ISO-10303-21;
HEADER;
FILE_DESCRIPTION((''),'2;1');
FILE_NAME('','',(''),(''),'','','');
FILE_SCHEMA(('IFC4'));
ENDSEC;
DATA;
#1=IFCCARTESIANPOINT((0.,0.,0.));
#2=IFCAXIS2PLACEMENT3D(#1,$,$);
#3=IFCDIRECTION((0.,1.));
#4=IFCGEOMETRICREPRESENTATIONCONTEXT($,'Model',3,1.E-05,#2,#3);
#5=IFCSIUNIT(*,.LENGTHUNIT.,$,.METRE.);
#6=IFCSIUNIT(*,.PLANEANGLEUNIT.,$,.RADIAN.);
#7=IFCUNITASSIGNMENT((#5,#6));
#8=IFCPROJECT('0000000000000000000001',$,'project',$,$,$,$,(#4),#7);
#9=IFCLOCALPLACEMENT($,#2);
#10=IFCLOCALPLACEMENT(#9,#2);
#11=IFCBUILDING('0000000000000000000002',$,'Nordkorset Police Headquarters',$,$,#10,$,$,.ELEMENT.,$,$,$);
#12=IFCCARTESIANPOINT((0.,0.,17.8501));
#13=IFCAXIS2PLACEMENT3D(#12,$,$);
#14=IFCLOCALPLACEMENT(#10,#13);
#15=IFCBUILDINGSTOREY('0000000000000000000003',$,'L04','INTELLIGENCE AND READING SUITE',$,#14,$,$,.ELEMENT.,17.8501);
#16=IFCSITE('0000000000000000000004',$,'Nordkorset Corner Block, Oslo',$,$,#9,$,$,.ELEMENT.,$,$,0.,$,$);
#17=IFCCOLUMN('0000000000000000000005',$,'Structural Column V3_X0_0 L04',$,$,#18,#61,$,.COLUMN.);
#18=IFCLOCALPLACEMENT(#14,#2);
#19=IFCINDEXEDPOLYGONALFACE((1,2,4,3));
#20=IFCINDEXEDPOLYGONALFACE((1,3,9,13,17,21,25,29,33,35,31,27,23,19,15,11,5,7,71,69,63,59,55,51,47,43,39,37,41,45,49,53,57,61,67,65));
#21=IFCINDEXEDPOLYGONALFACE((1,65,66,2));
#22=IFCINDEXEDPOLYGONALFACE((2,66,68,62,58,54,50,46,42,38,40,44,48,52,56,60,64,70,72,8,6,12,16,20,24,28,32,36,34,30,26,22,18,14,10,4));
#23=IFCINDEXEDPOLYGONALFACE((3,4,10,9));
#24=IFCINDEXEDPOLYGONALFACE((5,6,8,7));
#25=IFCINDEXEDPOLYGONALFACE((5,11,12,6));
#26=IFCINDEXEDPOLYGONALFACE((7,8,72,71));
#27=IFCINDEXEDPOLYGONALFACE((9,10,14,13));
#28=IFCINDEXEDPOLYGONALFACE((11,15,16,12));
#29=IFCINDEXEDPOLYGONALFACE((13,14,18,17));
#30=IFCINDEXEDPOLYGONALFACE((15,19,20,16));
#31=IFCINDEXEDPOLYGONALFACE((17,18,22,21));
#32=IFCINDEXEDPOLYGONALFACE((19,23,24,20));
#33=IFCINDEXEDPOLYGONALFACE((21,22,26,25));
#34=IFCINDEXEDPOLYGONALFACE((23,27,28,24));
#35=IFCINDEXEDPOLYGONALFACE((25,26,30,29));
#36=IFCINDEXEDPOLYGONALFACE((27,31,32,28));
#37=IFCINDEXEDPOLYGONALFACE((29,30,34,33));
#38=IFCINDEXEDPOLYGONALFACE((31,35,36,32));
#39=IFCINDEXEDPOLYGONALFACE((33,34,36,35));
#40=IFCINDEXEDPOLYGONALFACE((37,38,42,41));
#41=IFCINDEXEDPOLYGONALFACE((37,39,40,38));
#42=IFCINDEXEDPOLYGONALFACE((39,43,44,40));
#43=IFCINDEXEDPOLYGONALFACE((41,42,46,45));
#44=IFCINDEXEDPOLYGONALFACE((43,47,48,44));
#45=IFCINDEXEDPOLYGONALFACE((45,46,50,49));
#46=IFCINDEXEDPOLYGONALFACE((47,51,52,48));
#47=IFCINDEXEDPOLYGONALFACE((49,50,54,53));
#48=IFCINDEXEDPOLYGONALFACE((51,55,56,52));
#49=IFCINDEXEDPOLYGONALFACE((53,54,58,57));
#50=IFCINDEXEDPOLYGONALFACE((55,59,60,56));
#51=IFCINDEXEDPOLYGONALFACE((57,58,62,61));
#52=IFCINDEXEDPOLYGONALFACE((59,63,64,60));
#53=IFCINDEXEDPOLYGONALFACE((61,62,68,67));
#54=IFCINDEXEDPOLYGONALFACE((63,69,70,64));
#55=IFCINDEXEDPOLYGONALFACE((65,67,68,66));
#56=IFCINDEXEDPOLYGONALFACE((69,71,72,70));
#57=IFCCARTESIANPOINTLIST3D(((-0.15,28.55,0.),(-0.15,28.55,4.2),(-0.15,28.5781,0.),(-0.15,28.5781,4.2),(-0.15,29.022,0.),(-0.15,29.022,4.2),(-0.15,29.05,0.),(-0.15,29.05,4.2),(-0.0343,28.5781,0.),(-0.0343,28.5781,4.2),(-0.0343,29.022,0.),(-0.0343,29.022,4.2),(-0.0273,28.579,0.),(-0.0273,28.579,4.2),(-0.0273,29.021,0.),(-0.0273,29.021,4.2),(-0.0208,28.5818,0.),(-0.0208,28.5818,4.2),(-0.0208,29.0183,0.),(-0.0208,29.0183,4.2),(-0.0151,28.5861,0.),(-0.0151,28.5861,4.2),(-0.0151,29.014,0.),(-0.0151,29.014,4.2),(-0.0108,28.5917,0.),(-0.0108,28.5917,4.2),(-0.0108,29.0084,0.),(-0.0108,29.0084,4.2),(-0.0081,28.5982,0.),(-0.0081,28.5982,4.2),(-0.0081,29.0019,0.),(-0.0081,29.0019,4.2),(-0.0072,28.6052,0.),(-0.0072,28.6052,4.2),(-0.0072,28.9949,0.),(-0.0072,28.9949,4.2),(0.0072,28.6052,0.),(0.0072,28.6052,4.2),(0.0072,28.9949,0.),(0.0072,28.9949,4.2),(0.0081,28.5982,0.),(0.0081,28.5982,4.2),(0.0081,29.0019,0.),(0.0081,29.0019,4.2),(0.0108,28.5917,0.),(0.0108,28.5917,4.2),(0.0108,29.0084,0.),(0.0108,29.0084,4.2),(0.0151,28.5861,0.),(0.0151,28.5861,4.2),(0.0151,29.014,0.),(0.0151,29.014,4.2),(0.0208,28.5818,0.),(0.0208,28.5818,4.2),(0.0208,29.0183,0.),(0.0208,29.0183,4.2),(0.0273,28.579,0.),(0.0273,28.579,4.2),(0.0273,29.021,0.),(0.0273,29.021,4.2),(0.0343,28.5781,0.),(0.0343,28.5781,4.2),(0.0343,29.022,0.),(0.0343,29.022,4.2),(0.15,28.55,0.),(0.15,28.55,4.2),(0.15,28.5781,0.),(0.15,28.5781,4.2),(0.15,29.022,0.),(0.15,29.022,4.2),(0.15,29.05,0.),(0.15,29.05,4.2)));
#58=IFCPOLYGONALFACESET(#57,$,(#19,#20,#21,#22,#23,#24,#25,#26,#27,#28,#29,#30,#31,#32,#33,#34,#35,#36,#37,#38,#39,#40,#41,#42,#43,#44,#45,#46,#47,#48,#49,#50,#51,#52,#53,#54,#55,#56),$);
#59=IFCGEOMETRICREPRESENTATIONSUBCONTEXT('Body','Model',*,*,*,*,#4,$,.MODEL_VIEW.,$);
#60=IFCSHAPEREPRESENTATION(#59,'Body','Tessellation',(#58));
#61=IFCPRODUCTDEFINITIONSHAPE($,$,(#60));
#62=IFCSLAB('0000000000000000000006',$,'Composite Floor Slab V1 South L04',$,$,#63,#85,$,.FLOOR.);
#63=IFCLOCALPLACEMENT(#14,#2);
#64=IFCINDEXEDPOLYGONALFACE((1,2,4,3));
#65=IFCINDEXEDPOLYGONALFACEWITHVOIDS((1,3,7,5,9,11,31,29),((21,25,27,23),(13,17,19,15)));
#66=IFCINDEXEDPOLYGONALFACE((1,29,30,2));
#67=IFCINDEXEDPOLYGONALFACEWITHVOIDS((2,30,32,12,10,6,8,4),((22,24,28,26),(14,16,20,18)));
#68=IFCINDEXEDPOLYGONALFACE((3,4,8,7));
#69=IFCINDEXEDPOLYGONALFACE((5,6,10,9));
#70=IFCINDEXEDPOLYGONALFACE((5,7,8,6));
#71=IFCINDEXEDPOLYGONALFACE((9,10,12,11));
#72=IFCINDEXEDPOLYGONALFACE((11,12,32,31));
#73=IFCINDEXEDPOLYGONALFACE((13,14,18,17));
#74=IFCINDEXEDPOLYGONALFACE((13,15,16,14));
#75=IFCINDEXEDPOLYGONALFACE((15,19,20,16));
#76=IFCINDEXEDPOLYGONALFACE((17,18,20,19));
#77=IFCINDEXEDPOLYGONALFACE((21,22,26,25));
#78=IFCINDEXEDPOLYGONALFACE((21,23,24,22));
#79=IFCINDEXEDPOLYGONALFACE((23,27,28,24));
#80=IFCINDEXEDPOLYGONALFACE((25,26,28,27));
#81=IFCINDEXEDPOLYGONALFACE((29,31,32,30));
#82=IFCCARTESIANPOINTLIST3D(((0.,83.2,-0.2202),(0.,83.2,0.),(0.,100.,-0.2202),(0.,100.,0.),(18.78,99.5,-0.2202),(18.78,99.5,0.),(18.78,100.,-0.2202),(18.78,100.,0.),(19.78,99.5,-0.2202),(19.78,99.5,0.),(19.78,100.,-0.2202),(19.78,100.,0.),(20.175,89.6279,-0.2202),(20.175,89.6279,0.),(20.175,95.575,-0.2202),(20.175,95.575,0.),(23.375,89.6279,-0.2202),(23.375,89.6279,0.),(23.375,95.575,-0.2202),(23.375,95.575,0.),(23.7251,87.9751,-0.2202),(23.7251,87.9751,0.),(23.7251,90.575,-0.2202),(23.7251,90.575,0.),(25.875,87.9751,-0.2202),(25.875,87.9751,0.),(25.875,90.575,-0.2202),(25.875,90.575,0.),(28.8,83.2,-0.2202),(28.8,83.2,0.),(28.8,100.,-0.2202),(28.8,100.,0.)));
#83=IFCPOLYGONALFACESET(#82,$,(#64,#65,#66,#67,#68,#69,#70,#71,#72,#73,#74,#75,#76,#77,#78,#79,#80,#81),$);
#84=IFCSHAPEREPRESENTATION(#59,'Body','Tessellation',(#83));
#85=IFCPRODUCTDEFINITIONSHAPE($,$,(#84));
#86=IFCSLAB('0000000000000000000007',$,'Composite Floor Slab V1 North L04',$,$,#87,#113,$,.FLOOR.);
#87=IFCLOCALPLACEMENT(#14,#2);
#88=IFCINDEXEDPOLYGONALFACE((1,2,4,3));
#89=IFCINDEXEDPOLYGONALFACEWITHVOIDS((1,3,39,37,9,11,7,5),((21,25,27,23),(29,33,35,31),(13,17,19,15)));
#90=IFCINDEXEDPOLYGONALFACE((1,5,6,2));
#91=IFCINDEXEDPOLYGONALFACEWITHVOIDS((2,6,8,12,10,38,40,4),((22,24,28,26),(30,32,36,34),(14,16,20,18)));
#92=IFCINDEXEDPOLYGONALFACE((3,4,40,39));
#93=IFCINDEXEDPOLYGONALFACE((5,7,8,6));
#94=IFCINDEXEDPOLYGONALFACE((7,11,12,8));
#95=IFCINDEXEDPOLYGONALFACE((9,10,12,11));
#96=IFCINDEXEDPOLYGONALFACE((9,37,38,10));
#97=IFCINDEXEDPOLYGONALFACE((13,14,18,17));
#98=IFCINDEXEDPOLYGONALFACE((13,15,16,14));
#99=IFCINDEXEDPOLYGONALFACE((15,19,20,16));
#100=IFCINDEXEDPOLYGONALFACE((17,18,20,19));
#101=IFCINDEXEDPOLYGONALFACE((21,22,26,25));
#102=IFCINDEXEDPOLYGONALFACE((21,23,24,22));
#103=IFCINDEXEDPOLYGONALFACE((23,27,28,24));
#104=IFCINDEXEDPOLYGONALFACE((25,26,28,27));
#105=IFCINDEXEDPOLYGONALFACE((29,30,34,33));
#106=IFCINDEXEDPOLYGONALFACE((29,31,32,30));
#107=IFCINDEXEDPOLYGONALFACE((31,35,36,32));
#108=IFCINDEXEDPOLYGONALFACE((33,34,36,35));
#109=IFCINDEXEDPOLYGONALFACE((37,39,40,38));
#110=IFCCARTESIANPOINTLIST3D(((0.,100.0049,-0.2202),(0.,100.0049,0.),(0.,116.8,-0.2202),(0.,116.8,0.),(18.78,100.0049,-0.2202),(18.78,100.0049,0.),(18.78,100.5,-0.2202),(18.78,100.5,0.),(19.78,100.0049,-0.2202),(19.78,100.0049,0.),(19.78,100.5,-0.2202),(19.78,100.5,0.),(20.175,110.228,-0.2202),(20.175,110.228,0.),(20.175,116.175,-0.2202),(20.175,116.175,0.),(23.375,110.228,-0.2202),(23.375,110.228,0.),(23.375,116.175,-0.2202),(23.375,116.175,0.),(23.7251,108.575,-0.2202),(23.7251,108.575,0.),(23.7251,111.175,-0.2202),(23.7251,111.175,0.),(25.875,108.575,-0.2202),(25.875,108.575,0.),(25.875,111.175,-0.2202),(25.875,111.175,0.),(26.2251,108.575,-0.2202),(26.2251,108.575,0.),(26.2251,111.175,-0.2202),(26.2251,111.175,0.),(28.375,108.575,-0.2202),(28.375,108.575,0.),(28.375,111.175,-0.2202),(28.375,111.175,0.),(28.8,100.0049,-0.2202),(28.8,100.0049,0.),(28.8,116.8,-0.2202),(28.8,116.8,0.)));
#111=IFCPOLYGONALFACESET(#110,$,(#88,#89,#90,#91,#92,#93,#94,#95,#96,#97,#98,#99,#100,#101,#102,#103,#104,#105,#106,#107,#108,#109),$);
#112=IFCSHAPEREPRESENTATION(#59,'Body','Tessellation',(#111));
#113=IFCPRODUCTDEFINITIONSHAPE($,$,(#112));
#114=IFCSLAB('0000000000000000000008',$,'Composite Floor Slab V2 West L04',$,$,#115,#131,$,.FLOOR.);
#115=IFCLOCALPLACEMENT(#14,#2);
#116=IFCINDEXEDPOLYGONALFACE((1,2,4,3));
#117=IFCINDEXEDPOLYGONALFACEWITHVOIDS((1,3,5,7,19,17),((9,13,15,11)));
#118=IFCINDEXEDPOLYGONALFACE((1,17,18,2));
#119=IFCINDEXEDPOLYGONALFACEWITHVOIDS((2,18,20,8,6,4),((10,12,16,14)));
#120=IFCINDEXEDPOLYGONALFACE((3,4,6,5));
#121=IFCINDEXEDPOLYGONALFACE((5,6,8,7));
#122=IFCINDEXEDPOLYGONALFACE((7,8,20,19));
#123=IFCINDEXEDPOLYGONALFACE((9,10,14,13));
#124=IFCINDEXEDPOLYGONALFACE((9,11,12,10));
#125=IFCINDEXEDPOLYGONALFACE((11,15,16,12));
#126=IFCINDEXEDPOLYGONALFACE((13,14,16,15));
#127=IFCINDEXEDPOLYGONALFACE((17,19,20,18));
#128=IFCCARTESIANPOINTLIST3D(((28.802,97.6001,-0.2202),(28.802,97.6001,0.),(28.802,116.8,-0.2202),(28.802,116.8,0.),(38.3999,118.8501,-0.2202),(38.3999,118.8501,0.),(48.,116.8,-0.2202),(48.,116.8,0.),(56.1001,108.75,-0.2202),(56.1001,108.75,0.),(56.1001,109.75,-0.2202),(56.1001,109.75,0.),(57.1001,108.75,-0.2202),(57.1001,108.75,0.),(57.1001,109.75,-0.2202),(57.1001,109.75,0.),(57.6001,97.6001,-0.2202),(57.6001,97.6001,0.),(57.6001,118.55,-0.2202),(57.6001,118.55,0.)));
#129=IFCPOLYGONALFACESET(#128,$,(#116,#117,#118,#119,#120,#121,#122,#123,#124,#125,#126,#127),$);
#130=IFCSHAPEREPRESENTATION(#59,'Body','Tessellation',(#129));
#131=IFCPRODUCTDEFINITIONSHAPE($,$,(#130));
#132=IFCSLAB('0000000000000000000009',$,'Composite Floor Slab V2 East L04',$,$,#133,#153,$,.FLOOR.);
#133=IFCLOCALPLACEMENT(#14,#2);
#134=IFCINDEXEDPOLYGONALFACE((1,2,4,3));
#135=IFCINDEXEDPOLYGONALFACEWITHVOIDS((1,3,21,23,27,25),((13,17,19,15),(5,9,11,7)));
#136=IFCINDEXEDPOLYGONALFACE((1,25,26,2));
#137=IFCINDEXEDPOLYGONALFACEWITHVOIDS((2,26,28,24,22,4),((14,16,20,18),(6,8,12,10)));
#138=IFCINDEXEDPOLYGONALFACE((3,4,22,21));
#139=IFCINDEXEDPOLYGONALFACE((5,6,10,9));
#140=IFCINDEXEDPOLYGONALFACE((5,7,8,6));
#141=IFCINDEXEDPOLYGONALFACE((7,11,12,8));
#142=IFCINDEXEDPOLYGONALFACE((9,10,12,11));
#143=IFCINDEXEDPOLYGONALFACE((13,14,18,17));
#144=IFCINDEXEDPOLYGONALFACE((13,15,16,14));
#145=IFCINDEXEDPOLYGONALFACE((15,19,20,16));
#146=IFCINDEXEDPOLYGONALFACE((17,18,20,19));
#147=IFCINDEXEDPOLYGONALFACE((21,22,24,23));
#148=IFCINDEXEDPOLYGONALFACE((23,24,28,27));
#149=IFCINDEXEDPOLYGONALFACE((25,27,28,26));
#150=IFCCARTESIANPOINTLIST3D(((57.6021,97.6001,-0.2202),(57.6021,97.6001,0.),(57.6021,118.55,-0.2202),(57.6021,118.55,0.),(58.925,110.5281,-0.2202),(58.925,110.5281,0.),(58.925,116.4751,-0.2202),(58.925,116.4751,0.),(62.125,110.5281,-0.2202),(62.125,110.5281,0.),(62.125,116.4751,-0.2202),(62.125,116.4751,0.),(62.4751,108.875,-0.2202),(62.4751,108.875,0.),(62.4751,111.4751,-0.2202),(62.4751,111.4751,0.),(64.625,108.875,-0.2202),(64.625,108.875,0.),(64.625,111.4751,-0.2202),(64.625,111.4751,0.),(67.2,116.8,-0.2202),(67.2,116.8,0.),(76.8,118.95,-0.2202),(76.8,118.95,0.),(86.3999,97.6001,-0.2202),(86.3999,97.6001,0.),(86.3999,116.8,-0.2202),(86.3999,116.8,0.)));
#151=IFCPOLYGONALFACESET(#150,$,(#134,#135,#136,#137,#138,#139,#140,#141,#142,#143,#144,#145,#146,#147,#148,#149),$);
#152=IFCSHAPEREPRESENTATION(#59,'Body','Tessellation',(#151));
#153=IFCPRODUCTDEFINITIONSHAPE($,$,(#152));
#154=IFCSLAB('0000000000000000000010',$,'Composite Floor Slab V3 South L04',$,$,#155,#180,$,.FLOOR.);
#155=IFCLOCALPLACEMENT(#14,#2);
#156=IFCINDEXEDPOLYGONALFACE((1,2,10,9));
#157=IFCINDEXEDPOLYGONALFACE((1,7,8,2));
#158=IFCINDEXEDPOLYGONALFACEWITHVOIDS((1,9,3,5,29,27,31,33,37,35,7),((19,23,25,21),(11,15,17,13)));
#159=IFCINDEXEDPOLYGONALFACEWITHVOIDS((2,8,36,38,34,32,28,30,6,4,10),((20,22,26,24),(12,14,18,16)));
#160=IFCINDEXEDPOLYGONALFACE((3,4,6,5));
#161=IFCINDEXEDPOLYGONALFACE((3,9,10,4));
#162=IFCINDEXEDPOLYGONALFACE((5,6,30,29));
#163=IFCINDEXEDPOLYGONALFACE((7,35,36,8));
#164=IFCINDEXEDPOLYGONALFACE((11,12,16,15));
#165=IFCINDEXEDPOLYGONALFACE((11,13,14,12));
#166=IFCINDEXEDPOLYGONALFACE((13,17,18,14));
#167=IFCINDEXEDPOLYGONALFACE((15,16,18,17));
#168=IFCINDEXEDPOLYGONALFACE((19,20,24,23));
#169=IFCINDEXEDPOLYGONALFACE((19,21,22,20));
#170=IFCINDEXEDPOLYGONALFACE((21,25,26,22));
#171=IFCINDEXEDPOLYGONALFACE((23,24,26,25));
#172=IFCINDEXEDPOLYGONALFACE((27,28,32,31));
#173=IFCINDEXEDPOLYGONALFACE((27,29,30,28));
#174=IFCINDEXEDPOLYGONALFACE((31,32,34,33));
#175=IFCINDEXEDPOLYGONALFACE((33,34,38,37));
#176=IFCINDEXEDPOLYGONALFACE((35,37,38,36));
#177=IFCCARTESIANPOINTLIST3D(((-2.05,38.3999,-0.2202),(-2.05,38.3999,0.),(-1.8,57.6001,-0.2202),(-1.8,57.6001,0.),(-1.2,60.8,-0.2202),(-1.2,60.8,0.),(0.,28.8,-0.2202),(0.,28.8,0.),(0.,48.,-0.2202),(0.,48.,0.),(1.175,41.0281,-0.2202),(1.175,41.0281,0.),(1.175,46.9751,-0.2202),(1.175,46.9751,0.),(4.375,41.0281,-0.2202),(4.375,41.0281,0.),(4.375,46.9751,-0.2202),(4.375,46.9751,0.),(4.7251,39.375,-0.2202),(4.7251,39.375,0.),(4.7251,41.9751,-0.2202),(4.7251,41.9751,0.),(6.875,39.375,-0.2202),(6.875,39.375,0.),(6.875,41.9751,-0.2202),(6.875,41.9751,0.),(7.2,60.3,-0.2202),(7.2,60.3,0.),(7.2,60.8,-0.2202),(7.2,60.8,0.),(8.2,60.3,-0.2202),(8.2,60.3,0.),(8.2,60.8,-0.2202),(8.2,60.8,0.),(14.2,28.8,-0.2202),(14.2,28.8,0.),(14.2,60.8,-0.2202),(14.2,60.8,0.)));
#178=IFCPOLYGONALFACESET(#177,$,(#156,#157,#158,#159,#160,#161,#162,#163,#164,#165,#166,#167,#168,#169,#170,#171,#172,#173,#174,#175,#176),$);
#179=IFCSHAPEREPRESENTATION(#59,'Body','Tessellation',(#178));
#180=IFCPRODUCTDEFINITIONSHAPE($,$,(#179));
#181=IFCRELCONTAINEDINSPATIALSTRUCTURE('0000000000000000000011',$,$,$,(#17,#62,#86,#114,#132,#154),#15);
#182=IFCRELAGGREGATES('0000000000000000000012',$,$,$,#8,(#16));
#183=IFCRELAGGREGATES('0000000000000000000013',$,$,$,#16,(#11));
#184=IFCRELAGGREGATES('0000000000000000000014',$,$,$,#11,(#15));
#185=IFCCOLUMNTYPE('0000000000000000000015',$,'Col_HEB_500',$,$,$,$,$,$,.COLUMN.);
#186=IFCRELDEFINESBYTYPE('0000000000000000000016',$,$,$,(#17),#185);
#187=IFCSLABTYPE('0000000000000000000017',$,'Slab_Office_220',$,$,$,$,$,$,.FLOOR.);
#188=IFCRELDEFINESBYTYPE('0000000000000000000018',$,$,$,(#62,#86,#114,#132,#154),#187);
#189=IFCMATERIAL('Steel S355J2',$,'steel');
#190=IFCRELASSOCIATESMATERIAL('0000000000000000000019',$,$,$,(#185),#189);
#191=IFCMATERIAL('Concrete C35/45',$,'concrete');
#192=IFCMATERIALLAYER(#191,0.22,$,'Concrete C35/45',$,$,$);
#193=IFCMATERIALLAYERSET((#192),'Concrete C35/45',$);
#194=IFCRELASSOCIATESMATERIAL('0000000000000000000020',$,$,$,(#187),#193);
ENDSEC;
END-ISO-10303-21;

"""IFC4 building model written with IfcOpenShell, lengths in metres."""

from ifc_helpers import new_model, si_unit, direction, frame, origin, origin_2d, place, context, subcontext, project, spatial, polyline, i_section, outline, extrude, material, layer, layer_set, material_profile, profile_set, type_object, element, save


model = new_model("IFC4")

# Units and contexts
model_context = context("Model", 3, precision=1e-05, world=origin(), true_north=direction((0.0, 1.0)))
body_context = subcontext(model_context, "Body", "Model", "MODEL_VIEW")
ifc_project = project(units=[si_unit("LENGTHUNIT", "METRE"), si_unit("PLANEANGLEUNIT", "RADIAN")], contexts=[model_context])

# Site, building, storey
site_placement = place(None, origin())
site = spatial("IfcSite", under=ifc_project, at=site_placement, Name="Nordkorset Corner Block, Oslo", CompositionType="ELEMENT", RefElevation=0.0)
building_placement = place(site_placement, origin())
building = spatial("IfcBuilding", under=site, at=building_placement, Name="Nordkorset Police Headquarters", CompositionType="ELEMENT")
storey_placement = place(building_placement, frame((0.0, 0.0, 17.8501)))
storey = spatial("IfcBuildingStorey", under=building, at=storey_placement, Name="L04", Description="INTELLIGENCE AND READING SUITE", CompositionType="ELEMENT", Elevation=17.8501)

# Column
ifc_material_1 = material(Name="Steel S355J2", Category="steel")
ifc_material_profile = material_profile(ifc_material_1, i_section(OverallWidth=0.3, OverallDepth=0.5, WebThickness=0.0144, FlangeThickness=0.0281, FilletRadius=0.0271, at=origin_2d()), Name="HEB 500")
ifc_profile_set = profile_set([ifc_material_profile], Name="Steel S355J2")
column_type = type_object("IfcColumnType", Name="Col_HEB_500", PredefinedType="COLUMN", material=ifc_profile_set)
column_placement = place(storey_placement, frame((0.0, 28.8, 0.0), z_axis=(0.0, 0.0, 1.0), x_axis=(1.0, 0.0, 0.0)))
element("IfcColumn", 1, at=column_placement, inside=storey, type_object=column_type, Name="Structural Column V3_X0_0 L04", PredefinedType="COLUMN", context=body_context, shape_type="SweptSolid", body=[
    extrude(i_section(OverallWidth=0.3, OverallDepth=0.5, WebThickness=0.0144, FlangeThickness=0.0281, FilletRadius=0.0271, at=origin_2d()), origin(), (0.0, 0.0, 1.0), 4.2),
])

# Slabs
ifc_material_2 = material(Name="Concrete C35/45", Category="concrete")
ifc_layer_1 = layer(ifc_material_2, 0.22, Name="Concrete C35/45")
ifc_layer_set_1 = layer_set([ifc_layer_1], Name="Concrete C35/45")
slab_type_1 = type_object("IfcSlabType", Name="Slab_Office_220", PredefinedType="FLOOR", material=ifc_layer_set_1)
slab_1_placement = place(storey_placement, frame((0.0, 0.0, -0.2202)))
element("IfcSlab", 2, at=slab_1_placement, inside=storey, type_object=slab_type_1, Name="Composite Floor Slab V1 South L04", PredefinedType="FLOOR", context=body_context, shape_type="SweptSolid", body=[
    extrude(outline(polyline([(18.78, 100.0), (18.78, 99.5), (19.78, 99.5), (19.78, 100.0), (28.8, 100.0), (28.8, 83.2), (0.0, 83.2), (0.0, 100.0), (18.78, 100.0)]), holes=[polyline([(20.175, 95.575), (20.175, 89.6279), (23.375, 89.6279), (23.375, 95.575), (20.175, 95.575)]), polyline([(25.875, 90.575), (23.7251, 90.575), (23.7251, 87.9751), (25.875, 87.9751), (25.875, 90.575)])]), origin(), (0.0, 0.0, 1.0), 0.2202),
])
slab_2_placement = place(storey_placement, frame((0.0, 0.0, -0.2202)))
element("IfcSlab", 3, at=slab_2_placement, inside=storey, type_object=slab_type_1, Name="Composite Floor Slab V1 North L04", PredefinedType="FLOOR", context=body_context, shape_type="SweptSolid", body=[
    extrude(outline(polyline([(28.8, 100.0049), (19.78, 100.0049), (19.78, 100.5), (18.78, 100.5), (18.78, 100.0049), (0.0, 100.0049), (0.0, 116.8), (28.8, 116.8), (28.8, 100.0049)]), holes=[polyline([(20.175, 110.228), (23.375, 110.228), (23.375, 116.175), (20.175, 116.175), (20.175, 110.228)]), polyline([(23.7251, 111.175), (23.7251, 108.575), (25.875, 108.575), (25.875, 111.175), (23.7251, 111.175)]), polyline([(28.375, 111.175), (26.2251, 111.175), (26.2251, 108.575), (28.375, 108.575), (28.375, 111.175)])]), origin(), (0.0, 0.0, 1.0), 0.2202),
])
slab_3_placement = place(storey_placement, frame((0.0, 0.0, -0.2202)))
element("IfcSlab", 4, at=slab_3_placement, inside=storey, type_object=slab_type_1, Name="Composite Floor Slab V2 West L04", PredefinedType="FLOOR", context=body_context, shape_type="SweptSolid", body=[
    extrude(outline(polyline([(28.802, 116.8), (38.3999, 118.8501), (48.0, 116.8), (57.6001, 118.55), (57.6001, 97.6001), (28.802, 97.6001), (28.802, 116.8)]), holes=[polyline([(57.1001, 109.75), (56.1001, 109.75), (56.1001, 108.75), (57.1001, 108.75), (57.1001, 109.75)])]), origin(), (0.0, 0.0, 1.0), 0.2202),
])
slab_4_placement = place(storey_placement, frame((0.0, 0.0, -0.2202)))
element("IfcSlab", 5, at=slab_4_placement, inside=storey, type_object=slab_type_1, Name="Composite Floor Slab V2 East L04", PredefinedType="FLOOR", context=body_context, shape_type="SweptSolid", body=[
    extrude(outline(polyline([(67.2, 116.8), (76.8, 118.95), (86.3999, 116.8), (86.3999, 97.6001), (57.6021, 97.6001), (57.6021, 118.55), (67.2, 116.8)]), holes=[polyline([(58.925, 116.4751), (58.925, 110.5281), (62.125, 110.5281), (62.125, 116.4751), (58.925, 116.4751)]), polyline([(64.625, 111.4751), (62.4751, 111.4751), (62.4751, 108.875), (64.625, 108.875), (64.625, 111.4751)])]), origin(), (0.0, 0.0, 1.0), 0.2202),
])
slab_5_placement = place(storey_placement, frame((0.0, 0.0, -0.2202)))
element("IfcSlab", 6, at=slab_5_placement, inside=storey, type_object=slab_type_1, Name="Composite Floor Slab V3 South L04", PredefinedType="FLOOR", context=body_context, shape_type="SweptSolid", body=[
    extrude(outline(polyline([(0.0, 48.0), (-1.8, 57.6001), (-1.2, 60.8), (7.2, 60.8), (7.2, 60.3), (8.2, 60.3), (8.2, 60.8), (14.2, 60.8), (14.2, 28.8), (0.0, 28.8), (-2.05, 38.3999), (0.0, 48.0)]), holes=[polyline([(1.175, 46.9751), (1.175, 41.0281), (4.375, 41.0281), (4.375, 46.9751), (1.175, 46.9751)]), polyline([(6.875, 41.9751), (4.7251, 41.9751), (4.7251, 39.375), (6.875, 39.375), (6.875, 41.9751)])]), origin(), (0.0, 0.0, 1.0), 0.2202),
])

save(model, "model.ifc")
